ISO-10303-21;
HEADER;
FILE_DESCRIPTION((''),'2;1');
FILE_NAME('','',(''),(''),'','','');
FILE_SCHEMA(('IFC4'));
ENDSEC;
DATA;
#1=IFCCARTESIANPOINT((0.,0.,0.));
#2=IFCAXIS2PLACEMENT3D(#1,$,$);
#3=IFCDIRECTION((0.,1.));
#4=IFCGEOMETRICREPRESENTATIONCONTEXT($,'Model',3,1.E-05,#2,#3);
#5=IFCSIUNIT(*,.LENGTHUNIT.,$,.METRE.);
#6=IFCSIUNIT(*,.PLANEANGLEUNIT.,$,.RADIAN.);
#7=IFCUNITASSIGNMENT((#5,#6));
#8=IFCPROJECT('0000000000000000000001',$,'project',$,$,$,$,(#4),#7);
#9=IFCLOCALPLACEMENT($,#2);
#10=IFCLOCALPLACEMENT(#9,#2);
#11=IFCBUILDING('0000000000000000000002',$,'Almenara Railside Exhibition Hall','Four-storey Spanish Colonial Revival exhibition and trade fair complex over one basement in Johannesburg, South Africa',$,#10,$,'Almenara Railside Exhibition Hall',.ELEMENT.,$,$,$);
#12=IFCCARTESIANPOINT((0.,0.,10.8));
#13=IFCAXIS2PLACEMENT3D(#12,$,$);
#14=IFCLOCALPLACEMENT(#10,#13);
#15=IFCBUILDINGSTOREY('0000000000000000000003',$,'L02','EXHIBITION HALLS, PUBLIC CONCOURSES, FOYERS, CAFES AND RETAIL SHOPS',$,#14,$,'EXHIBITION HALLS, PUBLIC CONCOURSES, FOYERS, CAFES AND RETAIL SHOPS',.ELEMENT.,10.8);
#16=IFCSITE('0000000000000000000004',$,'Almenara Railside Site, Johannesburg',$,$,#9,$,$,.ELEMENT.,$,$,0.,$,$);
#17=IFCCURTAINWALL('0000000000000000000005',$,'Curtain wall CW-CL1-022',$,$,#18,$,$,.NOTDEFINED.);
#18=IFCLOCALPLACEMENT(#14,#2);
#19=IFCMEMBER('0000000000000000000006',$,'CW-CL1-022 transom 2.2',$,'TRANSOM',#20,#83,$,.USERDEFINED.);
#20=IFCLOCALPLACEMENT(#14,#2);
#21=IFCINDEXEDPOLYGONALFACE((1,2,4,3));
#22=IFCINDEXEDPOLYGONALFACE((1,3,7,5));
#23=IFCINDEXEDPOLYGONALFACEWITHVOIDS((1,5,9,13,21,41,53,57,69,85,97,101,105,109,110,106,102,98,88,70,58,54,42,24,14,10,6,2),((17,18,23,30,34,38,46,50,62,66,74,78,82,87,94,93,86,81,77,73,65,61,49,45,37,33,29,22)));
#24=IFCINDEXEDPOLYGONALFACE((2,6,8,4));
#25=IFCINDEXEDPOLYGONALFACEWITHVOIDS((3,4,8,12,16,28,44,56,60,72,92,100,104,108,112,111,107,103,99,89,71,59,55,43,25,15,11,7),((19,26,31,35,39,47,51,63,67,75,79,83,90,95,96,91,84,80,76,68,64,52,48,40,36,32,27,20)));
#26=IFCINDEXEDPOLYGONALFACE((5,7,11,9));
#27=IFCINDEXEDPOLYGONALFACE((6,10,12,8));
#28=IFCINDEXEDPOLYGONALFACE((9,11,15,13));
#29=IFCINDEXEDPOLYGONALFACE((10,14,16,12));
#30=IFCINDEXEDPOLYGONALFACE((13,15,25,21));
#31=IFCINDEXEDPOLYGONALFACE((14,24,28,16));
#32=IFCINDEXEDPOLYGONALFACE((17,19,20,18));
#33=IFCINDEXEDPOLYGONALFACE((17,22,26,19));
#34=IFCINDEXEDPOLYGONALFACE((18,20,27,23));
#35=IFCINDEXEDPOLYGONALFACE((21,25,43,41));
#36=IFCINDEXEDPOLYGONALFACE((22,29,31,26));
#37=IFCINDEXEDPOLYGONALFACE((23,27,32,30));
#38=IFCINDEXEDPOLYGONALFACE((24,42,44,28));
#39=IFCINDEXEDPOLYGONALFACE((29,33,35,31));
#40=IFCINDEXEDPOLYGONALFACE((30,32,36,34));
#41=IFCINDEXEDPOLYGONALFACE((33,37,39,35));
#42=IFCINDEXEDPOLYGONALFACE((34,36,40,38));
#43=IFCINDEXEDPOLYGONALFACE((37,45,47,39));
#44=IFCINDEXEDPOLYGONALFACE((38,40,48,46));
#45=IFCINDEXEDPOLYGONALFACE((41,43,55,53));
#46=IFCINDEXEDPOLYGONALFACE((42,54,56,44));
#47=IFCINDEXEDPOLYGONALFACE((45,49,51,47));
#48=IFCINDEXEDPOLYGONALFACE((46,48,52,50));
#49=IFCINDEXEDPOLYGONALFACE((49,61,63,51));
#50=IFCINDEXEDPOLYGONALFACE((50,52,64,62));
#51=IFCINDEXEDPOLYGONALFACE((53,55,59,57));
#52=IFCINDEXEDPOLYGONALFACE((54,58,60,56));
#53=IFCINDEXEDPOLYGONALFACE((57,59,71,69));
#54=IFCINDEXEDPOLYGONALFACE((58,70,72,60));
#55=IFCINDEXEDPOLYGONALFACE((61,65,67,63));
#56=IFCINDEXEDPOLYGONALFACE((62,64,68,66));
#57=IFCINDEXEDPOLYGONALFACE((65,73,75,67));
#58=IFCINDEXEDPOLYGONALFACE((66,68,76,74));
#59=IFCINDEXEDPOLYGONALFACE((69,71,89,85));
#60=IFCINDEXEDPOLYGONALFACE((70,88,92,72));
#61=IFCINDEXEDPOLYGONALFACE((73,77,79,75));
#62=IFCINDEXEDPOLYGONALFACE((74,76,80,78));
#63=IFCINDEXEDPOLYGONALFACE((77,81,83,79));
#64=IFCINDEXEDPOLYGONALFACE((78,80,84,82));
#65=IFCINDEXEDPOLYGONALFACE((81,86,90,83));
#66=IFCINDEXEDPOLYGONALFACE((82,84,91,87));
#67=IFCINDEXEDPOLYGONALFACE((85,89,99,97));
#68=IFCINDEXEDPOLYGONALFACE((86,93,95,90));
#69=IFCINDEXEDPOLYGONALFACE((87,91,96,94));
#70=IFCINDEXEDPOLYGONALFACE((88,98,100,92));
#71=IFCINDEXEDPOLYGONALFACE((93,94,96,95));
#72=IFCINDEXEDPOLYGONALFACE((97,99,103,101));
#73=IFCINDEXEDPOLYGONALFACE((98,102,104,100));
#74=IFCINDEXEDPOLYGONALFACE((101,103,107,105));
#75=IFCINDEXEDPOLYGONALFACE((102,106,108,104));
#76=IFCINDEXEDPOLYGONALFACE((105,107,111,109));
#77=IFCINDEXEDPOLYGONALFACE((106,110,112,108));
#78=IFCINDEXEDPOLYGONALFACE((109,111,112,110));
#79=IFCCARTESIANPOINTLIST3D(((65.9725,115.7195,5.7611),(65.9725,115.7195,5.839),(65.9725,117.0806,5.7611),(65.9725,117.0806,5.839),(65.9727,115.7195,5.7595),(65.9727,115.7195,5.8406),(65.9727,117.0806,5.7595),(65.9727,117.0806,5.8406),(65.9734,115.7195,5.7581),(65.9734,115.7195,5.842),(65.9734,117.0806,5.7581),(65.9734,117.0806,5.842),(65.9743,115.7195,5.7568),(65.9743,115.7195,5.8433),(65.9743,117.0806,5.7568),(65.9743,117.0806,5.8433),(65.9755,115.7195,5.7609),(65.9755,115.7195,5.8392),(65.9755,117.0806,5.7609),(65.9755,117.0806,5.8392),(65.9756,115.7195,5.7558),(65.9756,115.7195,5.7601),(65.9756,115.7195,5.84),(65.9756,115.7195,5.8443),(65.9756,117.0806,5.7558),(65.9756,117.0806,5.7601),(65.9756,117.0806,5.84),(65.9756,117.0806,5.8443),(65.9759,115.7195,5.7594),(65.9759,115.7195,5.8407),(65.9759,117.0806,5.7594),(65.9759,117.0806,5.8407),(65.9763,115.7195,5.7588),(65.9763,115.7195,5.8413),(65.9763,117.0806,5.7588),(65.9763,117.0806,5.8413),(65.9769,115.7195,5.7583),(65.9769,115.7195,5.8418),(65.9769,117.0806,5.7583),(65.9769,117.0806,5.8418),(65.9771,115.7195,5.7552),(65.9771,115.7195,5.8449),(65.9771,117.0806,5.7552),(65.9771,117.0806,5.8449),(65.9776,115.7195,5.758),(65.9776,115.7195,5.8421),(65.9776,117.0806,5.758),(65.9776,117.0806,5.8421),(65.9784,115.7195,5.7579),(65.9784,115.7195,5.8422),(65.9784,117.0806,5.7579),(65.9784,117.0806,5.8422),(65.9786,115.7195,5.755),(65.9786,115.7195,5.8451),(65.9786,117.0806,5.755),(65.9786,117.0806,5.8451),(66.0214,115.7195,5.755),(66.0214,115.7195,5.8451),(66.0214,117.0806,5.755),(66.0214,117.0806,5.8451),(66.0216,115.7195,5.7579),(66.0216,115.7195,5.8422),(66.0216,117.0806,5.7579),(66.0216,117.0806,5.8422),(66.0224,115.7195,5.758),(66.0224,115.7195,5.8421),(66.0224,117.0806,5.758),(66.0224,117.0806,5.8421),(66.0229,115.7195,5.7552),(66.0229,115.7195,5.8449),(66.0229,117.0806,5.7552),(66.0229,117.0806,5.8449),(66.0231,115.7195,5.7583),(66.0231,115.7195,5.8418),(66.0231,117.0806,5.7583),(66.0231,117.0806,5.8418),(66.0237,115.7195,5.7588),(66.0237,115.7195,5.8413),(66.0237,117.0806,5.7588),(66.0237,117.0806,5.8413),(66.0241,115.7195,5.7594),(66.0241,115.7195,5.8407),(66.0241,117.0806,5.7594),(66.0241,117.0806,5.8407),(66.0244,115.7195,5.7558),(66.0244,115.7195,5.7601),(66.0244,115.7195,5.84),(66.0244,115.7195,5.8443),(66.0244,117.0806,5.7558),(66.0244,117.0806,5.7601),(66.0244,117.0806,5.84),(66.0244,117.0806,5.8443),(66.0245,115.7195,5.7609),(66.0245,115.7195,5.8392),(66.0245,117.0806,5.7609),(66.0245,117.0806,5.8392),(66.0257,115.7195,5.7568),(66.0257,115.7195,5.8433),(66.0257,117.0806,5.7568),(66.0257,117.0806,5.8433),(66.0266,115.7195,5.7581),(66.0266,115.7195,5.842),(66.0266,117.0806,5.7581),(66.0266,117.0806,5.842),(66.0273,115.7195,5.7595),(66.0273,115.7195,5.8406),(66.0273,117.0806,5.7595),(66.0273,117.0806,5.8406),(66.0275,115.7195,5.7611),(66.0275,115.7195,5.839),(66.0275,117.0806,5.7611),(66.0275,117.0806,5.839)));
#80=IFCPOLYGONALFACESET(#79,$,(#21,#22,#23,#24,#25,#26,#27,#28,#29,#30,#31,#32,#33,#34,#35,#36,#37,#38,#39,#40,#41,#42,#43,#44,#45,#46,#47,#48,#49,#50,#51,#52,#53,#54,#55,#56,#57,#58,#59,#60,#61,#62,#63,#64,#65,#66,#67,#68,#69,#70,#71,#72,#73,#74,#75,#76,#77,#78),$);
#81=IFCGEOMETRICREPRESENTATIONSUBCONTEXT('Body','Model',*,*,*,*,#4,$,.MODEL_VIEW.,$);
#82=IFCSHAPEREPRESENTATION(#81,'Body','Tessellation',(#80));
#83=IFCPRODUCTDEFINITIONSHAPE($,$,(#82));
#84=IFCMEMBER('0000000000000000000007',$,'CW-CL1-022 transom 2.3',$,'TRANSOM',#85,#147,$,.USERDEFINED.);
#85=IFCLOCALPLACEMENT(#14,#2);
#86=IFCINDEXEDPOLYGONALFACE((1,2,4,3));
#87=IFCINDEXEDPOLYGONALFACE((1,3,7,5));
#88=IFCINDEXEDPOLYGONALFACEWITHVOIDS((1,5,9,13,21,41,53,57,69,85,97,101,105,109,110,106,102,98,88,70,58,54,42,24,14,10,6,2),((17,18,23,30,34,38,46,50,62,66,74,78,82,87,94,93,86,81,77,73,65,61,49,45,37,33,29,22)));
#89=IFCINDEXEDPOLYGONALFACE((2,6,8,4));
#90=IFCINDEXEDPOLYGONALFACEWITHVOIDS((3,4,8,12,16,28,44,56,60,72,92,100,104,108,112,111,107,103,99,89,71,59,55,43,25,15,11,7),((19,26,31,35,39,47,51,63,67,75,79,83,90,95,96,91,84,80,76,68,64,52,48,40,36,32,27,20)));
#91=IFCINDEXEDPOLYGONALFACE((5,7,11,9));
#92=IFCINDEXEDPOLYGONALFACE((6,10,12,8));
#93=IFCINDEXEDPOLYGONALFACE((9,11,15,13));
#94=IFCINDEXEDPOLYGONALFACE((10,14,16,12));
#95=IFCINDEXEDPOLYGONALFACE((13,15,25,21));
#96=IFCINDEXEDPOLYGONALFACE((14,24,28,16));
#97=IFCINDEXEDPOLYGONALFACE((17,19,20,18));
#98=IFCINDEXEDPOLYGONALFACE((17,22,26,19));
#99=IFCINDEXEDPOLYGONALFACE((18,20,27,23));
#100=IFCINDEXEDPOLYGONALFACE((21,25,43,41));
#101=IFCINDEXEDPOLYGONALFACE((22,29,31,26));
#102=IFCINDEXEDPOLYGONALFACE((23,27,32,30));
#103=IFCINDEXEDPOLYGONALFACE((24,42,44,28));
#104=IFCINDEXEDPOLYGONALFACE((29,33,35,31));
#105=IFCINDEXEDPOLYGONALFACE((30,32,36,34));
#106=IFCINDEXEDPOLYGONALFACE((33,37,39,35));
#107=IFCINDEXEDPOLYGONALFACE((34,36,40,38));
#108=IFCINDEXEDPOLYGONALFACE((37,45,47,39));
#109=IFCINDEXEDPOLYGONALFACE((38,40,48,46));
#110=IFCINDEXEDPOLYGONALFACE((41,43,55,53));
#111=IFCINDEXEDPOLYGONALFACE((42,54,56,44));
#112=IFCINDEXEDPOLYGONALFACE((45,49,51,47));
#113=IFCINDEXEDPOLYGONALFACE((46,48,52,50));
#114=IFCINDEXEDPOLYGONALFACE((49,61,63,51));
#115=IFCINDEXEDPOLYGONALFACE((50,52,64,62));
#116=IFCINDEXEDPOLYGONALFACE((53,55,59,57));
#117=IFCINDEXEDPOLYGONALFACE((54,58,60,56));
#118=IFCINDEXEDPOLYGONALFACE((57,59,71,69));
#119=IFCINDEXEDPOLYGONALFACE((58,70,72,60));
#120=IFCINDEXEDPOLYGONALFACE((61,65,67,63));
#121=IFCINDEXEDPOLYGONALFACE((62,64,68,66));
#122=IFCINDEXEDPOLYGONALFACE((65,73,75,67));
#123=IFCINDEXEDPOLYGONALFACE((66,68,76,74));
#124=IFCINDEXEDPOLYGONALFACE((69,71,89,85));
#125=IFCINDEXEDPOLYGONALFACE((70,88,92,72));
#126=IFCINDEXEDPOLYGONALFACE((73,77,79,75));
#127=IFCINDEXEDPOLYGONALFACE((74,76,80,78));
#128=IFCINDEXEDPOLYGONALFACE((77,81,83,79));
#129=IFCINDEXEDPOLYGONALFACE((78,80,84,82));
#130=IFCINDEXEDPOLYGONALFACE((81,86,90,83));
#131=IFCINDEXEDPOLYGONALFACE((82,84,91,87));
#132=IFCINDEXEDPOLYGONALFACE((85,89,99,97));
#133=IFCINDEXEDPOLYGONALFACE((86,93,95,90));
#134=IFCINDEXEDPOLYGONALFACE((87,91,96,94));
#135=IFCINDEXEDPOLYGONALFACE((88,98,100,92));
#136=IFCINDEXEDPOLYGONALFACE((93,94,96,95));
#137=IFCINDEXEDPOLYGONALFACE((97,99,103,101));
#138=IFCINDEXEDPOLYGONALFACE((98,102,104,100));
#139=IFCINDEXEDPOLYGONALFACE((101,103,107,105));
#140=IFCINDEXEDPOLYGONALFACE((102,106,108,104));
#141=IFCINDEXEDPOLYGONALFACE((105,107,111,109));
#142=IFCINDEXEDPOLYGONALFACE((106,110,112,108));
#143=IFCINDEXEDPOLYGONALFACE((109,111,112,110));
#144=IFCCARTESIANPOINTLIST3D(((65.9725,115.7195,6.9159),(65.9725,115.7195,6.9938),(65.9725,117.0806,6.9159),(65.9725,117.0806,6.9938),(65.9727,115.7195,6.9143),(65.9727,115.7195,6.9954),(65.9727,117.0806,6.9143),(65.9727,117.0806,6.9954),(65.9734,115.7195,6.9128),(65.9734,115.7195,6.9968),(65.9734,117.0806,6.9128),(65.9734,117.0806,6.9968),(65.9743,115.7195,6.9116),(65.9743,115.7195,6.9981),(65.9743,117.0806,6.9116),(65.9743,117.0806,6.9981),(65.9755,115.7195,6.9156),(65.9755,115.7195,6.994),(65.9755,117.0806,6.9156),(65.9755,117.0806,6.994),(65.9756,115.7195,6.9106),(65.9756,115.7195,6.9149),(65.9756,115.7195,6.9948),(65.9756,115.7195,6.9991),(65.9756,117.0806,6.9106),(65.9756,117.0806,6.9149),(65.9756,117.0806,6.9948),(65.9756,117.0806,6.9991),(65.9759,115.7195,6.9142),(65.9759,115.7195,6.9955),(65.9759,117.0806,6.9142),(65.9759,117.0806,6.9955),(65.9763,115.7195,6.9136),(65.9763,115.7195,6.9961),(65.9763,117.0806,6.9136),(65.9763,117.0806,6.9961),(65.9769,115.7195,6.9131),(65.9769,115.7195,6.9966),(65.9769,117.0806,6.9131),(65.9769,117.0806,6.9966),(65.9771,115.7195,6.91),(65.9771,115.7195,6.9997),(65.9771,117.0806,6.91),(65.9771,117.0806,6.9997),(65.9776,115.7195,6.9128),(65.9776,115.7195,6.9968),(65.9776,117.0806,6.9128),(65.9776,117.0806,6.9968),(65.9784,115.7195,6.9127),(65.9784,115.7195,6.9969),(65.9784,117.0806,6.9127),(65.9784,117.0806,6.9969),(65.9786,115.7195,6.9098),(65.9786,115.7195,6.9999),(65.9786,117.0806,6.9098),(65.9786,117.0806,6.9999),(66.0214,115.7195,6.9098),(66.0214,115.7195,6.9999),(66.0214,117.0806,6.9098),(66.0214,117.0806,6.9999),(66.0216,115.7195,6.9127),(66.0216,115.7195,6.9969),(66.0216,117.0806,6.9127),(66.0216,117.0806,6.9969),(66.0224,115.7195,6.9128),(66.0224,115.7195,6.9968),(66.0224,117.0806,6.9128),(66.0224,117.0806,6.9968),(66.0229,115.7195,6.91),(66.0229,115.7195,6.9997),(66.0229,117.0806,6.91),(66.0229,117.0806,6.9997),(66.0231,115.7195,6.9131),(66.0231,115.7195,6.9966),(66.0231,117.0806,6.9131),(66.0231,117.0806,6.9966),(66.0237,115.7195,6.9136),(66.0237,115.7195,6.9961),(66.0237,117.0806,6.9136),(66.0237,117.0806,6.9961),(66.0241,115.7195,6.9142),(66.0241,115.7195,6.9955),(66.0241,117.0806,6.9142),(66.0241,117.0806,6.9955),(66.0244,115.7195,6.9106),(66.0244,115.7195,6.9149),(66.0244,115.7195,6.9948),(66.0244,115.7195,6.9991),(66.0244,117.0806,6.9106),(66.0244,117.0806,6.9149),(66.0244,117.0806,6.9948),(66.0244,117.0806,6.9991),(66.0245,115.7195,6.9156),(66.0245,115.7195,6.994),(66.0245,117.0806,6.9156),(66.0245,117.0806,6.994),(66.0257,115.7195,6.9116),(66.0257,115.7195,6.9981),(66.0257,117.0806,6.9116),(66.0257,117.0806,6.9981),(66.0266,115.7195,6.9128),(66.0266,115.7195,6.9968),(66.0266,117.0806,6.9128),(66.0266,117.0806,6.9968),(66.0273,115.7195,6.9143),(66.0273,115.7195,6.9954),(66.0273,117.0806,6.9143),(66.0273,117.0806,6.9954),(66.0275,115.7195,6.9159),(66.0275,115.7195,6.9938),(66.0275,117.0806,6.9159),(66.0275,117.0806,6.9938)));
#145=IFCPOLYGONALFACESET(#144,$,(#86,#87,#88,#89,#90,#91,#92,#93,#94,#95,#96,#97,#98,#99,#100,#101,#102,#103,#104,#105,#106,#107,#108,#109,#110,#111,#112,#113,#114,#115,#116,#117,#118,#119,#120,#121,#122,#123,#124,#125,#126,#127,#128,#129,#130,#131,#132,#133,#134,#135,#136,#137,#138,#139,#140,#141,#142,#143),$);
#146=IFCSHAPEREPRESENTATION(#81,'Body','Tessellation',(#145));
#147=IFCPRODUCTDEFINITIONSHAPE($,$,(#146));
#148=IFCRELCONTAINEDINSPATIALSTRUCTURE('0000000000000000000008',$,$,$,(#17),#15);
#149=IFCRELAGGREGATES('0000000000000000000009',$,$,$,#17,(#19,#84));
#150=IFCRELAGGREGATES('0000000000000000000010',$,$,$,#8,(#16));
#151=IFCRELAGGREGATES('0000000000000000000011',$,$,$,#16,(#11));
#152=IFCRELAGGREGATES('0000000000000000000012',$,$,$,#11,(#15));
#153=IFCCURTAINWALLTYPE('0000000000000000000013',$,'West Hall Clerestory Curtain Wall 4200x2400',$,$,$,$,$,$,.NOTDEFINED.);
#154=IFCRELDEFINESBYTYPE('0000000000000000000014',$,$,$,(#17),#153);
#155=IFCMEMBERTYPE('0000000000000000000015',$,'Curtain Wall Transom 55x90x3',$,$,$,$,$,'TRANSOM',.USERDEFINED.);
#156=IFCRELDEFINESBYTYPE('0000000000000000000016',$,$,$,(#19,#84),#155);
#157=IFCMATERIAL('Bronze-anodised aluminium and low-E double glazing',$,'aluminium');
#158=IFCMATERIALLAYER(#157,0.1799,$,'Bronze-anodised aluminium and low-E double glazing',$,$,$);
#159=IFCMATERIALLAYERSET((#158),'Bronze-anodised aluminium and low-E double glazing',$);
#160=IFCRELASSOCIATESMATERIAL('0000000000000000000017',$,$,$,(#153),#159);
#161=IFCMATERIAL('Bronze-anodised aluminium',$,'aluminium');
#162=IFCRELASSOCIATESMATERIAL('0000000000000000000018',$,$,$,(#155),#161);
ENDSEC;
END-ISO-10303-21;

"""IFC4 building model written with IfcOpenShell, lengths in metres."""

from ifc_helpers import new_model, si_unit, direction, frame, origin, origin_2d, place, context, subcontext, project, spatial, hollow_rectangle, extrude, material, layer, layer_set, material_profile, profile_set, type_object, element, aggregate, save


model = new_model("IFC4")

# Units and contexts
model_context = context("Model", 3, precision=1e-05, world=origin(), true_north=direction((0.0, 1.0)))
body_context = subcontext(model_context, "Body", "Model", "MODEL_VIEW")
ifc_project = project(units=[si_unit("LENGTHUNIT", "METRE"), si_unit("PLANEANGLEUNIT", "RADIAN")], contexts=[model_context])

# Site, building, storey
site_placement = place(None, origin())
site = spatial("IfcSite", under=ifc_project, at=site_placement, Name="Almenara Railside Site, Johannesburg", CompositionType="ELEMENT", RefElevation=0.0)
building_placement = place(site_placement, origin())
building = spatial("IfcBuilding", under=site, at=building_placement, Name="Almenara Railside Exhibition Hall", Description="Four-storey Spanish Colonial Revival exhibition and trade fair complex over one basement in Johannesburg, South Africa", LongName="Almenara Railside Exhibition Hall", CompositionType="ELEMENT")
storey_placement = place(building_placement, frame((0.0, 0.0, 10.8)))
storey = spatial("IfcBuildingStorey", under=building, at=storey_placement, Name="L02", Description="EXHIBITION HALLS, PUBLIC CONCOURSES, FOYERS, CAFES AND RETAIL SHOPS", LongName="EXHIBITION HALLS, PUBLIC CONCOURSES, FOYERS, CAFES AND RETAIL SHOPS", CompositionType="ELEMENT", Elevation=10.8)

# Curtain wall
ifc_material_1 = material(Name="Bronze-anodised aluminium and low-E double glazing", Category="aluminium")
ifc_layer_1 = layer(ifc_material_1, 0.1799, Name="Bronze-anodised aluminium and low-E double glazing")
ifc_layer_set_1 = layer_set([ifc_layer_1], Name="Bronze-anodised aluminium and low-E double glazing")
curtain_wall_type = type_object("IfcCurtainWallType", Name="West Hall Clerestory Curtain Wall 4200x2400", PredefinedType="NOTDEFINED", material=ifc_layer_set_1)
curtain_wall_1_placement = place(storey_placement, origin())
curtain_wall_1 = element("IfcCurtainWall", 1, at=curtain_wall_1_placement, inside=storey, type_object=curtain_wall_type, Name="Curtain wall CW-CL1-022", PredefinedType="NOTDEFINED")
ifc_material_2 = material(Name="Bronze-anodised aluminium", Category="aluminium")

# Members
ifc_material_profile_1 = material_profile(ifc_material_2, hollow_rectangle(XDim=0.0549, YDim=0.0901, WallThickness=0.0029, InnerFilletRadius=0.0029, OuterFilletRadius=0.0061, at=origin_2d()), Name="ALU-TRN 55x90x3")
ifc_profile_set_1 = profile_set([ifc_material_profile_1], Name="Bronze-anodised aluminium")
member_type_1 = type_object("IfcMemberType", Name="Curtain Wall Transom 55x90x3", ElementType="TRANSOM", PredefinedType="USERDEFINED", material=ifc_profile_set_1)
member_1_placement = place(storey_placement, frame((66.0, 115.7195, 5.8), z_axis=(0.0, 1.0, 0.0), x_axis=(-1.0, 0.0, 0.0)))
member_1 = element("IfcMember", 2, at=member_1_placement, type_object=member_type_1, Name="CW-CL1-022 transom 2.2", ObjectType="TRANSOM", PredefinedType="USERDEFINED", context=body_context, shape_type="SweptSolid", body=[
    extrude(hollow_rectangle(XDim=0.0549, YDim=0.0901, WallThickness=0.0029, InnerFilletRadius=0.0029, OuterFilletRadius=0.0061, at=origin_2d()), origin(), (0.0, 0.0, 1.0), 1.3611),
])
member_2_placement = place(storey_placement, frame((66.0, 115.7195, 6.9548), z_axis=(0.0, 1.0, 0.0), x_axis=(-1.0, 0.0, 0.0)))
member_2 = element("IfcMember", 3, at=member_2_placement, type_object=member_type_1, Name="CW-CL1-022 transom 2.3", ObjectType="TRANSOM", PredefinedType="USERDEFINED", context=body_context, shape_type="SweptSolid", body=[
    extrude(hollow_rectangle(XDim=0.0549, YDim=0.0901, WallThickness=0.0029, InnerFilletRadius=0.0029, OuterFilletRadius=0.0061, at=origin_2d()), origin(), (0.0, 0.0, 1.0), 1.3611),
])

aggregate(curtain_wall_1, [member_1, member_2])

save(model, "model.ifc")
